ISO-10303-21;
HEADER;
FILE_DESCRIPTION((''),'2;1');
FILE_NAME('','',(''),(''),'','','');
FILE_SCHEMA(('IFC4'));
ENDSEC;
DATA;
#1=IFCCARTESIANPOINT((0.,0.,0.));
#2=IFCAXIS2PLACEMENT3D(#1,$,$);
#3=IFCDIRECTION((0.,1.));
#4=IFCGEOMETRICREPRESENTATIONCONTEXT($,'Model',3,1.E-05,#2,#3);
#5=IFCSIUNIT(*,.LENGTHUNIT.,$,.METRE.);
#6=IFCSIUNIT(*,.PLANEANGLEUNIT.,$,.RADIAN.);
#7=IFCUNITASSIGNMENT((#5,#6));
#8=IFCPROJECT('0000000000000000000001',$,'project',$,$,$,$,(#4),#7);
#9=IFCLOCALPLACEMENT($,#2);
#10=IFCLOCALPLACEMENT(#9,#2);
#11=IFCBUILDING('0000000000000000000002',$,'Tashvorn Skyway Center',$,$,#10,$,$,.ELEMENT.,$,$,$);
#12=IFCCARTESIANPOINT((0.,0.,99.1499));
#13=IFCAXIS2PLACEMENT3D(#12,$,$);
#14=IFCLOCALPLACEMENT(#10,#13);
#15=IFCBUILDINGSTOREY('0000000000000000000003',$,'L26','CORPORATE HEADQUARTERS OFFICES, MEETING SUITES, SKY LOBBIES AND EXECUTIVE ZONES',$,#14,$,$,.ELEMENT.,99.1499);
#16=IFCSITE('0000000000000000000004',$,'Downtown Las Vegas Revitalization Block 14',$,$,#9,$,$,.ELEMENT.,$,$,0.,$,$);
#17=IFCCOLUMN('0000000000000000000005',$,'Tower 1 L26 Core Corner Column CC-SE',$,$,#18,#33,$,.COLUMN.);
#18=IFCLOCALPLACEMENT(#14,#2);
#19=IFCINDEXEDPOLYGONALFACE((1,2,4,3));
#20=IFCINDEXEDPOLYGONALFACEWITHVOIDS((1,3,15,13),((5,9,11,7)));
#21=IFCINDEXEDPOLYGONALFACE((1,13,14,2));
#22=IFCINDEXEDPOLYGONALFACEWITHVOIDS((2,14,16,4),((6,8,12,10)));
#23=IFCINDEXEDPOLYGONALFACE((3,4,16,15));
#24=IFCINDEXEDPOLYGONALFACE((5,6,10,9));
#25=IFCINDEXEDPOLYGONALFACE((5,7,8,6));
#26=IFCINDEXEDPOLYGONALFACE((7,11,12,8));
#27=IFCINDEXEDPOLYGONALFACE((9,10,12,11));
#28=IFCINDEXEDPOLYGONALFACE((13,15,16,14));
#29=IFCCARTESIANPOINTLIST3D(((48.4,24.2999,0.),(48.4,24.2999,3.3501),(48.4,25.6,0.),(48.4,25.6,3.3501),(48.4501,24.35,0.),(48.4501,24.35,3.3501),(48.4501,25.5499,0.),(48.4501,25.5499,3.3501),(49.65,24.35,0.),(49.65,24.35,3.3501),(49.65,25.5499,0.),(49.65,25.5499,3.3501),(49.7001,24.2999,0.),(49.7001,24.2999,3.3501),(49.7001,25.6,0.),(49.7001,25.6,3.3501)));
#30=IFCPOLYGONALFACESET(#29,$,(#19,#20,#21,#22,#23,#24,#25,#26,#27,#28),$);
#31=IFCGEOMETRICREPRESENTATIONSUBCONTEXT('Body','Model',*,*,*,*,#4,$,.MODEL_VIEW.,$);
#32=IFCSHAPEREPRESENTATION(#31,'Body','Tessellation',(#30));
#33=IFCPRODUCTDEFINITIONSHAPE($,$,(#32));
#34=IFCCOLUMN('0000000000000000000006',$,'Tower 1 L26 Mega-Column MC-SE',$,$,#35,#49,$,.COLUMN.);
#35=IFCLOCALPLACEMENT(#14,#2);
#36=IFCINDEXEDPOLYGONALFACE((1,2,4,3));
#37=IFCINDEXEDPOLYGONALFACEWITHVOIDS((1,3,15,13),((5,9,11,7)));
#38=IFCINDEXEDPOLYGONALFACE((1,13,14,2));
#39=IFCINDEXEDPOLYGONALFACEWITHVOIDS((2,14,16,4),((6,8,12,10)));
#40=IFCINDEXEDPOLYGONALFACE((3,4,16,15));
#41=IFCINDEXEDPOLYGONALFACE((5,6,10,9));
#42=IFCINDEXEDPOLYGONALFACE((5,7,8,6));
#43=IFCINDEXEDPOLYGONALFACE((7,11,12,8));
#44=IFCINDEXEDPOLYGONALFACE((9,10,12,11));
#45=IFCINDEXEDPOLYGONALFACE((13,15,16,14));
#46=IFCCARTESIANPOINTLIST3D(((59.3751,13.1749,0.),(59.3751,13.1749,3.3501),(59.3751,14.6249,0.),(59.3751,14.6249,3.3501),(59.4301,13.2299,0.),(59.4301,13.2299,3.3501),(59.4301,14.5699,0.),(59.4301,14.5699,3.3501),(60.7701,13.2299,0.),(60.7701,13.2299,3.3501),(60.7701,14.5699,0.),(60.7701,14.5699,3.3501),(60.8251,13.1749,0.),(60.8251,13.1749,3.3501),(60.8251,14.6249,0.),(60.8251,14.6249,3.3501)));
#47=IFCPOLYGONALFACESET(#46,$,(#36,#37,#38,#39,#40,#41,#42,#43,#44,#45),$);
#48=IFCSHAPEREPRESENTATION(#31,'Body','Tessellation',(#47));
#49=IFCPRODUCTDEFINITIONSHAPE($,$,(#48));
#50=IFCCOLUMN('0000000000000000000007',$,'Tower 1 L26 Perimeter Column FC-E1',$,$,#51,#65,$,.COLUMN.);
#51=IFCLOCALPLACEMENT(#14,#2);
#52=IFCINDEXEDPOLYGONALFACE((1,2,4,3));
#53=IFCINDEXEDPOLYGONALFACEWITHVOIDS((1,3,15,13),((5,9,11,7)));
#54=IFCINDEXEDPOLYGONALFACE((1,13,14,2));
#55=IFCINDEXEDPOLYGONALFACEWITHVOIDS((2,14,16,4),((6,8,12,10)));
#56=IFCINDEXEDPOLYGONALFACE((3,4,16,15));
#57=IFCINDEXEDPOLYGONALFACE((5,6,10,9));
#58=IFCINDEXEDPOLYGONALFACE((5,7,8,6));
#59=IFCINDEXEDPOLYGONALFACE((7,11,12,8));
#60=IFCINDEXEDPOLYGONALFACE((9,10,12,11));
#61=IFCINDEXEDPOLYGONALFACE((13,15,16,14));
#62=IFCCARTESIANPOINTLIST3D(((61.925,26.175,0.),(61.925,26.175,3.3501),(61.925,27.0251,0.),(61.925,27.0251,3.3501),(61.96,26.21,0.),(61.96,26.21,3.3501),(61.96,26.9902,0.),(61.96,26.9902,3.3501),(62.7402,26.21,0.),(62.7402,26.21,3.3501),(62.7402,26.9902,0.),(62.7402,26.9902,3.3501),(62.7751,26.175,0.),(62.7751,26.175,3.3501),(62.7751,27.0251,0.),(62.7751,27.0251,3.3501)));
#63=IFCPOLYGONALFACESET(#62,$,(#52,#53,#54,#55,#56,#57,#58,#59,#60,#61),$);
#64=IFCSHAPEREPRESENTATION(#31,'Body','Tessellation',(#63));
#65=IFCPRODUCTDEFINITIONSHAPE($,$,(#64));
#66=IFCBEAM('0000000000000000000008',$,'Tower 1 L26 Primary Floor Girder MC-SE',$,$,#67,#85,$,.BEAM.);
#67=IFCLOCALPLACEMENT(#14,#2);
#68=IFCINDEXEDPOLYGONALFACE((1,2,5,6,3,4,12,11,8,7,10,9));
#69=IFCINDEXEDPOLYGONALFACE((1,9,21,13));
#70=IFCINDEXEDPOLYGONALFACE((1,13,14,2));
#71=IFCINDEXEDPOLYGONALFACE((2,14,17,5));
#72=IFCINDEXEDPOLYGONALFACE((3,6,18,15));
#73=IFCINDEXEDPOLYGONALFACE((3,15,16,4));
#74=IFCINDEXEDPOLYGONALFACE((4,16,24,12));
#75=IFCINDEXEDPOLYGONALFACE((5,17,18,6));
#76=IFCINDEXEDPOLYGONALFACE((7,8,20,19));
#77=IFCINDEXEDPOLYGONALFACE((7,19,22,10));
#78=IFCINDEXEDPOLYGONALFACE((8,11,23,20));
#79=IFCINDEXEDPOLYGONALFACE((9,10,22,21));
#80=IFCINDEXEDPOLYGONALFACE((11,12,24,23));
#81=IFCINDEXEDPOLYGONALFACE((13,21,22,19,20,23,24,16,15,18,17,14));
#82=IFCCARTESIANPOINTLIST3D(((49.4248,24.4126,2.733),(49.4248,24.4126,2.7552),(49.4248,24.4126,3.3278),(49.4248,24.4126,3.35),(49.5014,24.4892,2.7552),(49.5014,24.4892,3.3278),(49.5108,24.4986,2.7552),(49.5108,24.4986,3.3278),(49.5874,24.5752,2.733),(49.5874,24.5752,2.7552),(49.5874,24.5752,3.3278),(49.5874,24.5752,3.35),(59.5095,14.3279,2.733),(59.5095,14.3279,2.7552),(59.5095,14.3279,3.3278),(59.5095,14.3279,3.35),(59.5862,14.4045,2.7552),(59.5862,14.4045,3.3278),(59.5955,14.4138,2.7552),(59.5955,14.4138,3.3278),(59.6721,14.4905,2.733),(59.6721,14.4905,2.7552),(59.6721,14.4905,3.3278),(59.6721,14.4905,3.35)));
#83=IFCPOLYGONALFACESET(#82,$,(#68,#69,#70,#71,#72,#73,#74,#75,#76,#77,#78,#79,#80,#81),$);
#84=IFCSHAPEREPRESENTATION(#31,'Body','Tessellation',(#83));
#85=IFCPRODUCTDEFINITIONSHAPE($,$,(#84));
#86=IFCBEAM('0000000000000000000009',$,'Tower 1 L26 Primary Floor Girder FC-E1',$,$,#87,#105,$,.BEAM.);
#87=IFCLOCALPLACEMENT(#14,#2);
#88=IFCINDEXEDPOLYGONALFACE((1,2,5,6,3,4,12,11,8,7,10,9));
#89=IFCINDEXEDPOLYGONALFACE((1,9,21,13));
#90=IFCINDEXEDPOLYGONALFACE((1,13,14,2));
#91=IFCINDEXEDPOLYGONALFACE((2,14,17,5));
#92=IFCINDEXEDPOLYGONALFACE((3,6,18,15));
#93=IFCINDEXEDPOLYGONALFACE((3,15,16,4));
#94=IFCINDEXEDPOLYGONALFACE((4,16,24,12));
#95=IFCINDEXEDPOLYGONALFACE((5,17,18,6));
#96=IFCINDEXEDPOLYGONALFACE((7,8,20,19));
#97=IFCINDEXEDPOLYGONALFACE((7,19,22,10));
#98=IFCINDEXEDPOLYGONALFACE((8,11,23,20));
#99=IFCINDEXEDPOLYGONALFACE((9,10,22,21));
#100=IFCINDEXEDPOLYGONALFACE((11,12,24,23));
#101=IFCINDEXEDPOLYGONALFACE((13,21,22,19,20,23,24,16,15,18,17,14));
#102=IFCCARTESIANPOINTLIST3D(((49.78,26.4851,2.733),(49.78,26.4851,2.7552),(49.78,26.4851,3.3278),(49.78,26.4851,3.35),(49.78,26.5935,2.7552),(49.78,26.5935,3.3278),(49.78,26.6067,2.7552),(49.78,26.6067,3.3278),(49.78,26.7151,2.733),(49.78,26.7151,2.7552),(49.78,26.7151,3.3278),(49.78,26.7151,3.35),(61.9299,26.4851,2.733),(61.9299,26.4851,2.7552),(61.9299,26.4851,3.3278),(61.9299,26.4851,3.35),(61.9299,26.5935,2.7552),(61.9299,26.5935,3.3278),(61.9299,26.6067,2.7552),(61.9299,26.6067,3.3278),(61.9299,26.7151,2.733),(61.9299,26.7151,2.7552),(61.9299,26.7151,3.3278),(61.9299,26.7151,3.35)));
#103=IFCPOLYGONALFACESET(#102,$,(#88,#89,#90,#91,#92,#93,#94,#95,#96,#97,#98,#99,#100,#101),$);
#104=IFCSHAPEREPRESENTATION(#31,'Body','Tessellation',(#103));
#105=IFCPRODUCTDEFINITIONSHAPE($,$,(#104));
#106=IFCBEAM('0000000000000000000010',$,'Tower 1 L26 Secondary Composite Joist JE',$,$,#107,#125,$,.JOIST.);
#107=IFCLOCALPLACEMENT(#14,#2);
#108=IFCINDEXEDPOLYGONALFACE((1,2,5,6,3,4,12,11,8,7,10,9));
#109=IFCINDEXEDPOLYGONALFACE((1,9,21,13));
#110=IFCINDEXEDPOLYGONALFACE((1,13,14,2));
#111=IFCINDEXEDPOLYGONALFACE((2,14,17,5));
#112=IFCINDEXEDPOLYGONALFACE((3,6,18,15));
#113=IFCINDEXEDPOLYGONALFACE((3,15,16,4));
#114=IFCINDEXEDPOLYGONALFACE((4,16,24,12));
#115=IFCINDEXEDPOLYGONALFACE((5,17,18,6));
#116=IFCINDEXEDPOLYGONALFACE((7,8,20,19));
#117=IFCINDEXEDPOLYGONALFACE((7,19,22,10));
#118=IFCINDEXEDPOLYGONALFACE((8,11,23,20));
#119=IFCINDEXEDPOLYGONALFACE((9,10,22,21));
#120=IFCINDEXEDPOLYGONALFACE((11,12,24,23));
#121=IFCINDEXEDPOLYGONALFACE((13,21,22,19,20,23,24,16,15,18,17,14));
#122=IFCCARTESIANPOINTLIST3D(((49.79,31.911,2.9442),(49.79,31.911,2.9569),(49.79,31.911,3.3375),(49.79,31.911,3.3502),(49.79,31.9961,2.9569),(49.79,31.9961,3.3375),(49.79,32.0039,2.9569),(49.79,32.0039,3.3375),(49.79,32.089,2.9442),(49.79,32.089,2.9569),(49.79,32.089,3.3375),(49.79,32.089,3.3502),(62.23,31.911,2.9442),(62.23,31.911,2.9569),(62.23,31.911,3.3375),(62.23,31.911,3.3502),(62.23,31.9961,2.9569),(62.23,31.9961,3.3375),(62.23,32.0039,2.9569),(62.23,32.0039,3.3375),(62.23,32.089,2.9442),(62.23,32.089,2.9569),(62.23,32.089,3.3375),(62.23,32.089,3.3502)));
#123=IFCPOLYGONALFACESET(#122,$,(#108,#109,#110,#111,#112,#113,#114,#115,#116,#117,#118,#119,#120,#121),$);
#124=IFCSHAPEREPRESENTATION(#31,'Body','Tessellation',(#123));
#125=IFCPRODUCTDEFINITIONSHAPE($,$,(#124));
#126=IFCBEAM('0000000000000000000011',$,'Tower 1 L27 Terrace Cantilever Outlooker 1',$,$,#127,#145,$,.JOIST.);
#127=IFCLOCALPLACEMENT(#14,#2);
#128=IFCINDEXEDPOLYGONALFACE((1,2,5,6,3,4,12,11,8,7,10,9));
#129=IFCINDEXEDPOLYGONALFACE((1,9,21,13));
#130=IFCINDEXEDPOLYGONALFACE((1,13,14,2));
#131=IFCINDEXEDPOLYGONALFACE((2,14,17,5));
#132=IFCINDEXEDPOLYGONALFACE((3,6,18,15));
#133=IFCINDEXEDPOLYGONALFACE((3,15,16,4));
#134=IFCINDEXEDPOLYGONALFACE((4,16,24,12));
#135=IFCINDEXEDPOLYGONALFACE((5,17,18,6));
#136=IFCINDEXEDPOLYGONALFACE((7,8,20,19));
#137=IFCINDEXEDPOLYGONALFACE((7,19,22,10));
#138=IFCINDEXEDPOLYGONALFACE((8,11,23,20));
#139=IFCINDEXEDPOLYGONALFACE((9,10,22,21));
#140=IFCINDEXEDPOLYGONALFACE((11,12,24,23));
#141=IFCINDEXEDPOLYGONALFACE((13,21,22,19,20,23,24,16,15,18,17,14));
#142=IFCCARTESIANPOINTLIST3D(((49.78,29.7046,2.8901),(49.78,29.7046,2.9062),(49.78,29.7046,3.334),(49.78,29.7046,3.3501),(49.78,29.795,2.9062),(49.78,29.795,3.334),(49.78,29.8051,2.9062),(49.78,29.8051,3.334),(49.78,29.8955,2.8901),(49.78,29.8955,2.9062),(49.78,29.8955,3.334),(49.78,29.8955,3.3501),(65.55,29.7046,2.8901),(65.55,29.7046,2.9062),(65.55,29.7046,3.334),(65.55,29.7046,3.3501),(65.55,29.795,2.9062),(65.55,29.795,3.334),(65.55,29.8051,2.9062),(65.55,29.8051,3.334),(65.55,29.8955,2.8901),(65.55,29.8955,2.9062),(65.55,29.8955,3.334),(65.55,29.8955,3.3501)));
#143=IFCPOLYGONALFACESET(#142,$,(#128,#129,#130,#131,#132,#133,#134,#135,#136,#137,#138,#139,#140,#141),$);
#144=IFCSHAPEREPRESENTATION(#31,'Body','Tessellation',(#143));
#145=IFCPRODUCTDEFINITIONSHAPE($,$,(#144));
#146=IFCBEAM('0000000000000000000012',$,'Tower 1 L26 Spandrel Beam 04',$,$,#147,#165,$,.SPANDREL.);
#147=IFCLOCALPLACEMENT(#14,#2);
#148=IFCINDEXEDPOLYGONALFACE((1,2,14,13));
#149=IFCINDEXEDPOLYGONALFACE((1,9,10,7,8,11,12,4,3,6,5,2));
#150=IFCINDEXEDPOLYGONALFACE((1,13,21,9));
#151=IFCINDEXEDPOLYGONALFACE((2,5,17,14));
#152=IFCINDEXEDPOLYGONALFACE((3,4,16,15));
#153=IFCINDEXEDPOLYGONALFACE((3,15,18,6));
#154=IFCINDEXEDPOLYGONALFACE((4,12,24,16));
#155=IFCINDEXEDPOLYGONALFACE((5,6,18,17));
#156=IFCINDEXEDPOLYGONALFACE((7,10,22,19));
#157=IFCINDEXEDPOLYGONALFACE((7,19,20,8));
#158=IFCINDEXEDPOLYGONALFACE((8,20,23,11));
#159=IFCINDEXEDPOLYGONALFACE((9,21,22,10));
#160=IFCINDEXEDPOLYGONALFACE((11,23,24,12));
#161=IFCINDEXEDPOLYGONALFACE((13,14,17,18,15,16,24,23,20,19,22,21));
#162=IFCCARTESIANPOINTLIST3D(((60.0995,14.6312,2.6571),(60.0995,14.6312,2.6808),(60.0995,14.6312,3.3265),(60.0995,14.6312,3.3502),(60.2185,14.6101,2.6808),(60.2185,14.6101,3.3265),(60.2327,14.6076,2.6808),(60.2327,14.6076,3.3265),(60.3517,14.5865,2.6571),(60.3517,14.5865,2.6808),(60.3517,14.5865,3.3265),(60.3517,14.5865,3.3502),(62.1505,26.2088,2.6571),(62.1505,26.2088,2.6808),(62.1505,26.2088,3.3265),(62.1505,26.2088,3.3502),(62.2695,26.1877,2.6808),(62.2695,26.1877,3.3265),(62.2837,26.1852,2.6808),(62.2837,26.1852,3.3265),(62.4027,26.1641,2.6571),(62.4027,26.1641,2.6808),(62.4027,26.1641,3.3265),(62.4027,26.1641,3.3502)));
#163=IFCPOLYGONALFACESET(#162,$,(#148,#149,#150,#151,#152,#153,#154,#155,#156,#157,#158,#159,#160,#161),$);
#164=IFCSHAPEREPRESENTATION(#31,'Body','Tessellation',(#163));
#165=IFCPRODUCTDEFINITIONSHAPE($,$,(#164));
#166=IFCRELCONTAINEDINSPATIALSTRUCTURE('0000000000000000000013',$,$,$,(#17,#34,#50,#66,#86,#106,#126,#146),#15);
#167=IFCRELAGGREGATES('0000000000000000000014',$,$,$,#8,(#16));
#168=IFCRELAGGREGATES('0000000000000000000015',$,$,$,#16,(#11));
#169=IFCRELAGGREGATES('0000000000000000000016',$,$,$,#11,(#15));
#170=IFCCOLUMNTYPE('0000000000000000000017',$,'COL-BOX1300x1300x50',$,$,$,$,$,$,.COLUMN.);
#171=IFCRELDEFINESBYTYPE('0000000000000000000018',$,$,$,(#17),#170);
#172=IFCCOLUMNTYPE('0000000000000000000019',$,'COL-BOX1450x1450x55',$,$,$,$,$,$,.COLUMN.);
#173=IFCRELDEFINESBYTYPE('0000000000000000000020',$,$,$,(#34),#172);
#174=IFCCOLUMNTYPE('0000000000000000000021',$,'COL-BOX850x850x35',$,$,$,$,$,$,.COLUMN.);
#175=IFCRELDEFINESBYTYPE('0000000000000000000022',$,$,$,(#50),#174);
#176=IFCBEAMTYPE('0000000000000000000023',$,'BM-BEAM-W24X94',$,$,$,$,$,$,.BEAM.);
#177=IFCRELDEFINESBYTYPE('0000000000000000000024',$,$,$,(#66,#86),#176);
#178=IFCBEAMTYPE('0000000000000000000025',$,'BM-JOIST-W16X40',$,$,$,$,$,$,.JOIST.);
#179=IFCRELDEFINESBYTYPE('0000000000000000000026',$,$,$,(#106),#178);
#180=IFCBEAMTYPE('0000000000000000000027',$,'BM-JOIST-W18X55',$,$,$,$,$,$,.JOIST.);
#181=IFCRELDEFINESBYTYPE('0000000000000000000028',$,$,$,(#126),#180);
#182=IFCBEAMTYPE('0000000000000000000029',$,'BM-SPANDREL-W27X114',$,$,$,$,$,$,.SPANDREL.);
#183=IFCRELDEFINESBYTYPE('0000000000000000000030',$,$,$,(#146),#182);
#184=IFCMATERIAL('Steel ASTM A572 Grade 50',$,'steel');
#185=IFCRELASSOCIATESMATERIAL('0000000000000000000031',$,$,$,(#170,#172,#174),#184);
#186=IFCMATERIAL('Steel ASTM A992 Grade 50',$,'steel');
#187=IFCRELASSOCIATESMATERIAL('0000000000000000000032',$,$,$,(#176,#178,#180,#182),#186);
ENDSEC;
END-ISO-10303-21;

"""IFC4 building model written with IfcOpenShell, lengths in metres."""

from ifc_helpers import new_model, si_unit, direction, frame, origin, origin_2d, place, context, subcontext, project, spatial, hollow_rectangle, i_section, extrude, material, material_profile, profile_set, type_object, element, save


model = new_model("IFC4")

# Units and contexts
model_context = context("Model", 3, precision=1e-05, world=origin(), true_north=direction((0.0, 1.0)))
body_context = subcontext(model_context, "Body", "Model", "MODEL_VIEW")
ifc_project = project(units=[si_unit("LENGTHUNIT", "METRE"), si_unit("PLANEANGLEUNIT", "RADIAN")], contexts=[model_context])

# Site, building, storey
site_placement = place(None, origin())
site = spatial("IfcSite", under=ifc_project, at=site_placement, Name="Downtown Las Vegas Revitalization Block 14", CompositionType="ELEMENT", RefElevation=0.0)
building_placement = place(site_placement, origin())
building = spatial("IfcBuilding", under=site, at=building_placement, Name="Tashvorn Skyway Center", CompositionType="ELEMENT")
storey_placement = place(building_placement, frame((0.0, 0.0, 99.1499)))
storey = spatial("IfcBuildingStorey", under=building, at=storey_placement, Name="L26", Description="CORPORATE HEADQUARTERS OFFICES, MEETING SUITES, SKY LOBBIES AND EXECUTIVE ZONES", CompositionType="ELEMENT", Elevation=99.1499)

# Columns
ifc_material_1 = material(Name="Steel ASTM A572 Grade 50", Category="steel")
ifc_material_profile_1 = material_profile(ifc_material_1, hollow_rectangle(XDim=1.3, YDim=1.3, WallThickness=0.05, at=origin_2d()), Name="BOX1300x1300x50")
ifc_profile_set_1 = profile_set([ifc_material_profile_1], Name="Steel ASTM A572 Grade 50")
column_type_1 = type_object("IfcColumnType", Name="COL-BOX1300x1300x50", PredefinedType="COLUMN", material=ifc_profile_set_1)
column_1_placement = place(storey_placement, frame((49.05, 24.95, 0.0), z_axis=(0.0, 0.0, 1.0), x_axis=(1.0, 0.0, 0.0)))
element("IfcColumn", 1, at=column_1_placement, inside=storey, type_object=column_type_1, Name="Tower 1 L26 Core Corner Column CC-SE", PredefinedType="COLUMN", context=body_context, shape_type="SweptSolid", body=[
    extrude(hollow_rectangle(XDim=1.3, YDim=1.3, WallThickness=0.05, at=origin_2d()), origin(), (0.0, 0.0, 1.0), 3.3501),
])
ifc_material_profile_2 = material_profile(ifc_material_1, hollow_rectangle(XDim=1.45, YDim=1.45, WallThickness=0.0549, at=origin_2d()), Name="BOX1450x1450x55")
ifc_profile_set_2 = profile_set([ifc_material_profile_2], Name="Steel ASTM A572 Grade 50")
column_type_2 = type_object("IfcColumnType", Name="COL-BOX1450x1450x55", PredefinedType="COLUMN", material=ifc_profile_set_2)
column_2_placement = place(storey_placement, frame((60.1001, 13.8999, 0.0), z_axis=(0.0, 0.0, 1.0), x_axis=(1.0, 0.0, 0.0)))
element("IfcColumn", 2, at=column_2_placement, inside=storey, type_object=column_type_2, Name="Tower 1 L26 Mega-Column MC-SE", PredefinedType="COLUMN", context=body_context, shape_type="SweptSolid", body=[
    extrude(hollow_rectangle(XDim=1.45, YDim=1.45, WallThickness=0.0549, at=origin_2d()), origin(), (0.0, 0.0, 1.0), 3.3501),
])
ifc_material_profile_3 = material_profile(ifc_material_1, hollow_rectangle(XDim=0.8501, YDim=0.8501, WallThickness=0.0349, at=origin_2d()), Name="BOX850x850x35")
ifc_profile_set_3 = profile_set([ifc_material_profile_3], Name="Steel ASTM A572 Grade 50")
column_type_3 = type_object("IfcColumnType", Name="COL-BOX850x850x35", PredefinedType="COLUMN", material=ifc_profile_set_3)
column_3_placement = place(storey_placement, frame((62.3501, 26.6001, 0.0), z_axis=(0.0, 0.0, 1.0), x_axis=(1.0, 0.0, 0.0)))
element("IfcColumn", 3, at=column_3_placement, inside=storey, type_object=column_type_3, Name="Tower 1 L26 Perimeter Column FC-E1", PredefinedType="COLUMN", context=body_context, shape_type="SweptSolid", body=[
    extrude(hollow_rectangle(XDim=0.8501, YDim=0.8501, WallThickness=0.0349, at=origin_2d()), origin(), (0.0, 0.0, 1.0), 3.3501),
])

# Beams
ifc_material_2 = material(Name="Steel ASTM A992 Grade 50", Category="steel")
ifc_material_profile_4 = material_profile(ifc_material_2, i_section(OverallWidth=0.23, OverallDepth=0.6169, WebThickness=0.0132, FlangeThickness=0.0222, at=origin_2d()), Name="W24X94")
ifc_profile_set_4 = profile_set([ifc_material_profile_4], Name="Steel ASTM A992 Grade 50")
beam_type_1 = type_object("IfcBeamType", Name="BM-BEAM-W24X94", PredefinedType="BEAM", material=ifc_profile_set_4)
beam_1_placement = place(storey_placement, frame((59.5908, 14.4092, 3.0415), z_axis=(-0.707107, 0.707107, 0.0), x_axis=(-0.707107, -0.707107, 0.0)))
element("IfcBeam", 4, at=beam_1_placement, inside=storey, type_object=beam_type_1, Name="Tower 1 L26 Primary Floor Girder MC-SE", PredefinedType="BEAM", context=body_context, shape_type="SweptSolid", body=[
    extrude(i_section(OverallWidth=0.23, OverallDepth=0.6169, WebThickness=0.0132, FlangeThickness=0.0222, at=origin_2d()), origin(), (0.0, 0.0, 1.0), 14.262),
])
beam_2_placement = place(storey_placement, frame((61.9299, 26.6001, 3.0415), z_axis=(-1.0, 0.0, 0.0), x_axis=(0.0, -1.0, 0.0)))
element("IfcBeam", 5, at=beam_2_placement, inside=storey, type_object=beam_type_1, Name="Tower 1 L26 Primary Floor Girder FC-E1", PredefinedType="BEAM", context=body_context, shape_type="SweptSolid", body=[
    extrude(i_section(OverallWidth=0.23, OverallDepth=0.6169, WebThickness=0.0132, FlangeThickness=0.0222, at=origin_2d()), origin(), (0.0, 0.0, 1.0), 12.1499),
])
ifc_material_profile_5 = material_profile(ifc_material_2, i_section(OverallWidth=0.178, OverallDepth=0.406, WebThickness=0.0078, FlangeThickness=0.0127, at=origin_2d()), Name="W16X40")
ifc_profile_set_5 = profile_set([ifc_material_profile_5], Name="Steel ASTM A992 Grade 50")
beam_type_2 = type_object("IfcBeamType", Name="BM-JOIST-W16X40", PredefinedType="JOIST", material=ifc_profile_set_5)
beam_3_placement = place(storey_placement, frame((49.79, 32.0, 3.1472), z_axis=(1.0, 0.0, 0.0), x_axis=(0.0, 1.0, 0.0)))
element("IfcBeam", 6, at=beam_3_placement, inside=storey, type_object=beam_type_2, Name="Tower 1 L26 Secondary Composite Joist JE", PredefinedType="JOIST", context=body_context, shape_type="SweptSolid", body=[
    extrude(i_section(OverallWidth=0.178, OverallDepth=0.406, WebThickness=0.0078, FlangeThickness=0.0127, at=origin_2d()), origin(), (0.0, 0.0, 1.0), 12.4399),
])
ifc_material_profile_6 = material_profile(ifc_material_2, i_section(OverallWidth=0.1909, OverallDepth=0.46, WebThickness=0.01, FlangeThickness=0.0161, at=origin_2d()), Name="W18X55")
ifc_profile_set_6 = profile_set([ifc_material_profile_6], Name="Steel ASTM A992 Grade 50")
beam_type_3 = type_object("IfcBeamType", Name="BM-JOIST-W18X55", PredefinedType="JOIST", material=ifc_profile_set_6)
beam_4_placement = place(storey_placement, frame((49.78, 29.8, 3.1201), z_axis=(1.0, 0.0, 0.0), x_axis=(0.0, 1.0, 0.0)))
element("IfcBeam", 7, at=beam_4_placement, inside=storey, type_object=beam_type_3, Name="Tower 1 L27 Terrace Cantilever Outlooker 1", PredefinedType="JOIST", context=body_context, shape_type="SweptSolid", body=[
    extrude(i_section(OverallWidth=0.1909, OverallDepth=0.46, WebThickness=0.01, FlangeThickness=0.0161, at=origin_2d()), origin(), (0.0, 0.0, 1.0), 15.77),
])
ifc_material_profile_7 = material_profile(ifc_material_2, i_section(OverallWidth=0.2561, OverallDepth=0.6931, WebThickness=0.0144, FlangeThickness=0.0237, at=origin_2d()), Name="W27X114")
ifc_profile_set_7 = profile_set([ifc_material_profile_7], Name="Steel ASTM A992 Grade 50")
beam_type_4 = type_object("IfcBeamType", Name="BM-SPANDREL-W27X114", PredefinedType="SPANDREL", material=ifc_profile_set_7)
beam_5_placement = place(storey_placement, frame((60.2256, 14.6089, 3.0037), z_axis=(0.174438, 0.984668, 0.0), x_axis=(-0.984668, 0.174438, 0.0)))
element("IfcBeam", 8, at=beam_5_placement, inside=storey, type_object=beam_type_4, Name="Tower 1 L26 Spandrel Beam 04", PredefinedType="SPANDREL", context=body_context, shape_type="SweptSolid", body=[
    extrude(i_section(OverallWidth=0.2561, OverallDepth=0.6931, WebThickness=0.0144, FlangeThickness=0.0237, at=origin_2d()), origin(), (0.0, 0.0, 1.0), 11.7578),
])

save(model, "model.ifc")
